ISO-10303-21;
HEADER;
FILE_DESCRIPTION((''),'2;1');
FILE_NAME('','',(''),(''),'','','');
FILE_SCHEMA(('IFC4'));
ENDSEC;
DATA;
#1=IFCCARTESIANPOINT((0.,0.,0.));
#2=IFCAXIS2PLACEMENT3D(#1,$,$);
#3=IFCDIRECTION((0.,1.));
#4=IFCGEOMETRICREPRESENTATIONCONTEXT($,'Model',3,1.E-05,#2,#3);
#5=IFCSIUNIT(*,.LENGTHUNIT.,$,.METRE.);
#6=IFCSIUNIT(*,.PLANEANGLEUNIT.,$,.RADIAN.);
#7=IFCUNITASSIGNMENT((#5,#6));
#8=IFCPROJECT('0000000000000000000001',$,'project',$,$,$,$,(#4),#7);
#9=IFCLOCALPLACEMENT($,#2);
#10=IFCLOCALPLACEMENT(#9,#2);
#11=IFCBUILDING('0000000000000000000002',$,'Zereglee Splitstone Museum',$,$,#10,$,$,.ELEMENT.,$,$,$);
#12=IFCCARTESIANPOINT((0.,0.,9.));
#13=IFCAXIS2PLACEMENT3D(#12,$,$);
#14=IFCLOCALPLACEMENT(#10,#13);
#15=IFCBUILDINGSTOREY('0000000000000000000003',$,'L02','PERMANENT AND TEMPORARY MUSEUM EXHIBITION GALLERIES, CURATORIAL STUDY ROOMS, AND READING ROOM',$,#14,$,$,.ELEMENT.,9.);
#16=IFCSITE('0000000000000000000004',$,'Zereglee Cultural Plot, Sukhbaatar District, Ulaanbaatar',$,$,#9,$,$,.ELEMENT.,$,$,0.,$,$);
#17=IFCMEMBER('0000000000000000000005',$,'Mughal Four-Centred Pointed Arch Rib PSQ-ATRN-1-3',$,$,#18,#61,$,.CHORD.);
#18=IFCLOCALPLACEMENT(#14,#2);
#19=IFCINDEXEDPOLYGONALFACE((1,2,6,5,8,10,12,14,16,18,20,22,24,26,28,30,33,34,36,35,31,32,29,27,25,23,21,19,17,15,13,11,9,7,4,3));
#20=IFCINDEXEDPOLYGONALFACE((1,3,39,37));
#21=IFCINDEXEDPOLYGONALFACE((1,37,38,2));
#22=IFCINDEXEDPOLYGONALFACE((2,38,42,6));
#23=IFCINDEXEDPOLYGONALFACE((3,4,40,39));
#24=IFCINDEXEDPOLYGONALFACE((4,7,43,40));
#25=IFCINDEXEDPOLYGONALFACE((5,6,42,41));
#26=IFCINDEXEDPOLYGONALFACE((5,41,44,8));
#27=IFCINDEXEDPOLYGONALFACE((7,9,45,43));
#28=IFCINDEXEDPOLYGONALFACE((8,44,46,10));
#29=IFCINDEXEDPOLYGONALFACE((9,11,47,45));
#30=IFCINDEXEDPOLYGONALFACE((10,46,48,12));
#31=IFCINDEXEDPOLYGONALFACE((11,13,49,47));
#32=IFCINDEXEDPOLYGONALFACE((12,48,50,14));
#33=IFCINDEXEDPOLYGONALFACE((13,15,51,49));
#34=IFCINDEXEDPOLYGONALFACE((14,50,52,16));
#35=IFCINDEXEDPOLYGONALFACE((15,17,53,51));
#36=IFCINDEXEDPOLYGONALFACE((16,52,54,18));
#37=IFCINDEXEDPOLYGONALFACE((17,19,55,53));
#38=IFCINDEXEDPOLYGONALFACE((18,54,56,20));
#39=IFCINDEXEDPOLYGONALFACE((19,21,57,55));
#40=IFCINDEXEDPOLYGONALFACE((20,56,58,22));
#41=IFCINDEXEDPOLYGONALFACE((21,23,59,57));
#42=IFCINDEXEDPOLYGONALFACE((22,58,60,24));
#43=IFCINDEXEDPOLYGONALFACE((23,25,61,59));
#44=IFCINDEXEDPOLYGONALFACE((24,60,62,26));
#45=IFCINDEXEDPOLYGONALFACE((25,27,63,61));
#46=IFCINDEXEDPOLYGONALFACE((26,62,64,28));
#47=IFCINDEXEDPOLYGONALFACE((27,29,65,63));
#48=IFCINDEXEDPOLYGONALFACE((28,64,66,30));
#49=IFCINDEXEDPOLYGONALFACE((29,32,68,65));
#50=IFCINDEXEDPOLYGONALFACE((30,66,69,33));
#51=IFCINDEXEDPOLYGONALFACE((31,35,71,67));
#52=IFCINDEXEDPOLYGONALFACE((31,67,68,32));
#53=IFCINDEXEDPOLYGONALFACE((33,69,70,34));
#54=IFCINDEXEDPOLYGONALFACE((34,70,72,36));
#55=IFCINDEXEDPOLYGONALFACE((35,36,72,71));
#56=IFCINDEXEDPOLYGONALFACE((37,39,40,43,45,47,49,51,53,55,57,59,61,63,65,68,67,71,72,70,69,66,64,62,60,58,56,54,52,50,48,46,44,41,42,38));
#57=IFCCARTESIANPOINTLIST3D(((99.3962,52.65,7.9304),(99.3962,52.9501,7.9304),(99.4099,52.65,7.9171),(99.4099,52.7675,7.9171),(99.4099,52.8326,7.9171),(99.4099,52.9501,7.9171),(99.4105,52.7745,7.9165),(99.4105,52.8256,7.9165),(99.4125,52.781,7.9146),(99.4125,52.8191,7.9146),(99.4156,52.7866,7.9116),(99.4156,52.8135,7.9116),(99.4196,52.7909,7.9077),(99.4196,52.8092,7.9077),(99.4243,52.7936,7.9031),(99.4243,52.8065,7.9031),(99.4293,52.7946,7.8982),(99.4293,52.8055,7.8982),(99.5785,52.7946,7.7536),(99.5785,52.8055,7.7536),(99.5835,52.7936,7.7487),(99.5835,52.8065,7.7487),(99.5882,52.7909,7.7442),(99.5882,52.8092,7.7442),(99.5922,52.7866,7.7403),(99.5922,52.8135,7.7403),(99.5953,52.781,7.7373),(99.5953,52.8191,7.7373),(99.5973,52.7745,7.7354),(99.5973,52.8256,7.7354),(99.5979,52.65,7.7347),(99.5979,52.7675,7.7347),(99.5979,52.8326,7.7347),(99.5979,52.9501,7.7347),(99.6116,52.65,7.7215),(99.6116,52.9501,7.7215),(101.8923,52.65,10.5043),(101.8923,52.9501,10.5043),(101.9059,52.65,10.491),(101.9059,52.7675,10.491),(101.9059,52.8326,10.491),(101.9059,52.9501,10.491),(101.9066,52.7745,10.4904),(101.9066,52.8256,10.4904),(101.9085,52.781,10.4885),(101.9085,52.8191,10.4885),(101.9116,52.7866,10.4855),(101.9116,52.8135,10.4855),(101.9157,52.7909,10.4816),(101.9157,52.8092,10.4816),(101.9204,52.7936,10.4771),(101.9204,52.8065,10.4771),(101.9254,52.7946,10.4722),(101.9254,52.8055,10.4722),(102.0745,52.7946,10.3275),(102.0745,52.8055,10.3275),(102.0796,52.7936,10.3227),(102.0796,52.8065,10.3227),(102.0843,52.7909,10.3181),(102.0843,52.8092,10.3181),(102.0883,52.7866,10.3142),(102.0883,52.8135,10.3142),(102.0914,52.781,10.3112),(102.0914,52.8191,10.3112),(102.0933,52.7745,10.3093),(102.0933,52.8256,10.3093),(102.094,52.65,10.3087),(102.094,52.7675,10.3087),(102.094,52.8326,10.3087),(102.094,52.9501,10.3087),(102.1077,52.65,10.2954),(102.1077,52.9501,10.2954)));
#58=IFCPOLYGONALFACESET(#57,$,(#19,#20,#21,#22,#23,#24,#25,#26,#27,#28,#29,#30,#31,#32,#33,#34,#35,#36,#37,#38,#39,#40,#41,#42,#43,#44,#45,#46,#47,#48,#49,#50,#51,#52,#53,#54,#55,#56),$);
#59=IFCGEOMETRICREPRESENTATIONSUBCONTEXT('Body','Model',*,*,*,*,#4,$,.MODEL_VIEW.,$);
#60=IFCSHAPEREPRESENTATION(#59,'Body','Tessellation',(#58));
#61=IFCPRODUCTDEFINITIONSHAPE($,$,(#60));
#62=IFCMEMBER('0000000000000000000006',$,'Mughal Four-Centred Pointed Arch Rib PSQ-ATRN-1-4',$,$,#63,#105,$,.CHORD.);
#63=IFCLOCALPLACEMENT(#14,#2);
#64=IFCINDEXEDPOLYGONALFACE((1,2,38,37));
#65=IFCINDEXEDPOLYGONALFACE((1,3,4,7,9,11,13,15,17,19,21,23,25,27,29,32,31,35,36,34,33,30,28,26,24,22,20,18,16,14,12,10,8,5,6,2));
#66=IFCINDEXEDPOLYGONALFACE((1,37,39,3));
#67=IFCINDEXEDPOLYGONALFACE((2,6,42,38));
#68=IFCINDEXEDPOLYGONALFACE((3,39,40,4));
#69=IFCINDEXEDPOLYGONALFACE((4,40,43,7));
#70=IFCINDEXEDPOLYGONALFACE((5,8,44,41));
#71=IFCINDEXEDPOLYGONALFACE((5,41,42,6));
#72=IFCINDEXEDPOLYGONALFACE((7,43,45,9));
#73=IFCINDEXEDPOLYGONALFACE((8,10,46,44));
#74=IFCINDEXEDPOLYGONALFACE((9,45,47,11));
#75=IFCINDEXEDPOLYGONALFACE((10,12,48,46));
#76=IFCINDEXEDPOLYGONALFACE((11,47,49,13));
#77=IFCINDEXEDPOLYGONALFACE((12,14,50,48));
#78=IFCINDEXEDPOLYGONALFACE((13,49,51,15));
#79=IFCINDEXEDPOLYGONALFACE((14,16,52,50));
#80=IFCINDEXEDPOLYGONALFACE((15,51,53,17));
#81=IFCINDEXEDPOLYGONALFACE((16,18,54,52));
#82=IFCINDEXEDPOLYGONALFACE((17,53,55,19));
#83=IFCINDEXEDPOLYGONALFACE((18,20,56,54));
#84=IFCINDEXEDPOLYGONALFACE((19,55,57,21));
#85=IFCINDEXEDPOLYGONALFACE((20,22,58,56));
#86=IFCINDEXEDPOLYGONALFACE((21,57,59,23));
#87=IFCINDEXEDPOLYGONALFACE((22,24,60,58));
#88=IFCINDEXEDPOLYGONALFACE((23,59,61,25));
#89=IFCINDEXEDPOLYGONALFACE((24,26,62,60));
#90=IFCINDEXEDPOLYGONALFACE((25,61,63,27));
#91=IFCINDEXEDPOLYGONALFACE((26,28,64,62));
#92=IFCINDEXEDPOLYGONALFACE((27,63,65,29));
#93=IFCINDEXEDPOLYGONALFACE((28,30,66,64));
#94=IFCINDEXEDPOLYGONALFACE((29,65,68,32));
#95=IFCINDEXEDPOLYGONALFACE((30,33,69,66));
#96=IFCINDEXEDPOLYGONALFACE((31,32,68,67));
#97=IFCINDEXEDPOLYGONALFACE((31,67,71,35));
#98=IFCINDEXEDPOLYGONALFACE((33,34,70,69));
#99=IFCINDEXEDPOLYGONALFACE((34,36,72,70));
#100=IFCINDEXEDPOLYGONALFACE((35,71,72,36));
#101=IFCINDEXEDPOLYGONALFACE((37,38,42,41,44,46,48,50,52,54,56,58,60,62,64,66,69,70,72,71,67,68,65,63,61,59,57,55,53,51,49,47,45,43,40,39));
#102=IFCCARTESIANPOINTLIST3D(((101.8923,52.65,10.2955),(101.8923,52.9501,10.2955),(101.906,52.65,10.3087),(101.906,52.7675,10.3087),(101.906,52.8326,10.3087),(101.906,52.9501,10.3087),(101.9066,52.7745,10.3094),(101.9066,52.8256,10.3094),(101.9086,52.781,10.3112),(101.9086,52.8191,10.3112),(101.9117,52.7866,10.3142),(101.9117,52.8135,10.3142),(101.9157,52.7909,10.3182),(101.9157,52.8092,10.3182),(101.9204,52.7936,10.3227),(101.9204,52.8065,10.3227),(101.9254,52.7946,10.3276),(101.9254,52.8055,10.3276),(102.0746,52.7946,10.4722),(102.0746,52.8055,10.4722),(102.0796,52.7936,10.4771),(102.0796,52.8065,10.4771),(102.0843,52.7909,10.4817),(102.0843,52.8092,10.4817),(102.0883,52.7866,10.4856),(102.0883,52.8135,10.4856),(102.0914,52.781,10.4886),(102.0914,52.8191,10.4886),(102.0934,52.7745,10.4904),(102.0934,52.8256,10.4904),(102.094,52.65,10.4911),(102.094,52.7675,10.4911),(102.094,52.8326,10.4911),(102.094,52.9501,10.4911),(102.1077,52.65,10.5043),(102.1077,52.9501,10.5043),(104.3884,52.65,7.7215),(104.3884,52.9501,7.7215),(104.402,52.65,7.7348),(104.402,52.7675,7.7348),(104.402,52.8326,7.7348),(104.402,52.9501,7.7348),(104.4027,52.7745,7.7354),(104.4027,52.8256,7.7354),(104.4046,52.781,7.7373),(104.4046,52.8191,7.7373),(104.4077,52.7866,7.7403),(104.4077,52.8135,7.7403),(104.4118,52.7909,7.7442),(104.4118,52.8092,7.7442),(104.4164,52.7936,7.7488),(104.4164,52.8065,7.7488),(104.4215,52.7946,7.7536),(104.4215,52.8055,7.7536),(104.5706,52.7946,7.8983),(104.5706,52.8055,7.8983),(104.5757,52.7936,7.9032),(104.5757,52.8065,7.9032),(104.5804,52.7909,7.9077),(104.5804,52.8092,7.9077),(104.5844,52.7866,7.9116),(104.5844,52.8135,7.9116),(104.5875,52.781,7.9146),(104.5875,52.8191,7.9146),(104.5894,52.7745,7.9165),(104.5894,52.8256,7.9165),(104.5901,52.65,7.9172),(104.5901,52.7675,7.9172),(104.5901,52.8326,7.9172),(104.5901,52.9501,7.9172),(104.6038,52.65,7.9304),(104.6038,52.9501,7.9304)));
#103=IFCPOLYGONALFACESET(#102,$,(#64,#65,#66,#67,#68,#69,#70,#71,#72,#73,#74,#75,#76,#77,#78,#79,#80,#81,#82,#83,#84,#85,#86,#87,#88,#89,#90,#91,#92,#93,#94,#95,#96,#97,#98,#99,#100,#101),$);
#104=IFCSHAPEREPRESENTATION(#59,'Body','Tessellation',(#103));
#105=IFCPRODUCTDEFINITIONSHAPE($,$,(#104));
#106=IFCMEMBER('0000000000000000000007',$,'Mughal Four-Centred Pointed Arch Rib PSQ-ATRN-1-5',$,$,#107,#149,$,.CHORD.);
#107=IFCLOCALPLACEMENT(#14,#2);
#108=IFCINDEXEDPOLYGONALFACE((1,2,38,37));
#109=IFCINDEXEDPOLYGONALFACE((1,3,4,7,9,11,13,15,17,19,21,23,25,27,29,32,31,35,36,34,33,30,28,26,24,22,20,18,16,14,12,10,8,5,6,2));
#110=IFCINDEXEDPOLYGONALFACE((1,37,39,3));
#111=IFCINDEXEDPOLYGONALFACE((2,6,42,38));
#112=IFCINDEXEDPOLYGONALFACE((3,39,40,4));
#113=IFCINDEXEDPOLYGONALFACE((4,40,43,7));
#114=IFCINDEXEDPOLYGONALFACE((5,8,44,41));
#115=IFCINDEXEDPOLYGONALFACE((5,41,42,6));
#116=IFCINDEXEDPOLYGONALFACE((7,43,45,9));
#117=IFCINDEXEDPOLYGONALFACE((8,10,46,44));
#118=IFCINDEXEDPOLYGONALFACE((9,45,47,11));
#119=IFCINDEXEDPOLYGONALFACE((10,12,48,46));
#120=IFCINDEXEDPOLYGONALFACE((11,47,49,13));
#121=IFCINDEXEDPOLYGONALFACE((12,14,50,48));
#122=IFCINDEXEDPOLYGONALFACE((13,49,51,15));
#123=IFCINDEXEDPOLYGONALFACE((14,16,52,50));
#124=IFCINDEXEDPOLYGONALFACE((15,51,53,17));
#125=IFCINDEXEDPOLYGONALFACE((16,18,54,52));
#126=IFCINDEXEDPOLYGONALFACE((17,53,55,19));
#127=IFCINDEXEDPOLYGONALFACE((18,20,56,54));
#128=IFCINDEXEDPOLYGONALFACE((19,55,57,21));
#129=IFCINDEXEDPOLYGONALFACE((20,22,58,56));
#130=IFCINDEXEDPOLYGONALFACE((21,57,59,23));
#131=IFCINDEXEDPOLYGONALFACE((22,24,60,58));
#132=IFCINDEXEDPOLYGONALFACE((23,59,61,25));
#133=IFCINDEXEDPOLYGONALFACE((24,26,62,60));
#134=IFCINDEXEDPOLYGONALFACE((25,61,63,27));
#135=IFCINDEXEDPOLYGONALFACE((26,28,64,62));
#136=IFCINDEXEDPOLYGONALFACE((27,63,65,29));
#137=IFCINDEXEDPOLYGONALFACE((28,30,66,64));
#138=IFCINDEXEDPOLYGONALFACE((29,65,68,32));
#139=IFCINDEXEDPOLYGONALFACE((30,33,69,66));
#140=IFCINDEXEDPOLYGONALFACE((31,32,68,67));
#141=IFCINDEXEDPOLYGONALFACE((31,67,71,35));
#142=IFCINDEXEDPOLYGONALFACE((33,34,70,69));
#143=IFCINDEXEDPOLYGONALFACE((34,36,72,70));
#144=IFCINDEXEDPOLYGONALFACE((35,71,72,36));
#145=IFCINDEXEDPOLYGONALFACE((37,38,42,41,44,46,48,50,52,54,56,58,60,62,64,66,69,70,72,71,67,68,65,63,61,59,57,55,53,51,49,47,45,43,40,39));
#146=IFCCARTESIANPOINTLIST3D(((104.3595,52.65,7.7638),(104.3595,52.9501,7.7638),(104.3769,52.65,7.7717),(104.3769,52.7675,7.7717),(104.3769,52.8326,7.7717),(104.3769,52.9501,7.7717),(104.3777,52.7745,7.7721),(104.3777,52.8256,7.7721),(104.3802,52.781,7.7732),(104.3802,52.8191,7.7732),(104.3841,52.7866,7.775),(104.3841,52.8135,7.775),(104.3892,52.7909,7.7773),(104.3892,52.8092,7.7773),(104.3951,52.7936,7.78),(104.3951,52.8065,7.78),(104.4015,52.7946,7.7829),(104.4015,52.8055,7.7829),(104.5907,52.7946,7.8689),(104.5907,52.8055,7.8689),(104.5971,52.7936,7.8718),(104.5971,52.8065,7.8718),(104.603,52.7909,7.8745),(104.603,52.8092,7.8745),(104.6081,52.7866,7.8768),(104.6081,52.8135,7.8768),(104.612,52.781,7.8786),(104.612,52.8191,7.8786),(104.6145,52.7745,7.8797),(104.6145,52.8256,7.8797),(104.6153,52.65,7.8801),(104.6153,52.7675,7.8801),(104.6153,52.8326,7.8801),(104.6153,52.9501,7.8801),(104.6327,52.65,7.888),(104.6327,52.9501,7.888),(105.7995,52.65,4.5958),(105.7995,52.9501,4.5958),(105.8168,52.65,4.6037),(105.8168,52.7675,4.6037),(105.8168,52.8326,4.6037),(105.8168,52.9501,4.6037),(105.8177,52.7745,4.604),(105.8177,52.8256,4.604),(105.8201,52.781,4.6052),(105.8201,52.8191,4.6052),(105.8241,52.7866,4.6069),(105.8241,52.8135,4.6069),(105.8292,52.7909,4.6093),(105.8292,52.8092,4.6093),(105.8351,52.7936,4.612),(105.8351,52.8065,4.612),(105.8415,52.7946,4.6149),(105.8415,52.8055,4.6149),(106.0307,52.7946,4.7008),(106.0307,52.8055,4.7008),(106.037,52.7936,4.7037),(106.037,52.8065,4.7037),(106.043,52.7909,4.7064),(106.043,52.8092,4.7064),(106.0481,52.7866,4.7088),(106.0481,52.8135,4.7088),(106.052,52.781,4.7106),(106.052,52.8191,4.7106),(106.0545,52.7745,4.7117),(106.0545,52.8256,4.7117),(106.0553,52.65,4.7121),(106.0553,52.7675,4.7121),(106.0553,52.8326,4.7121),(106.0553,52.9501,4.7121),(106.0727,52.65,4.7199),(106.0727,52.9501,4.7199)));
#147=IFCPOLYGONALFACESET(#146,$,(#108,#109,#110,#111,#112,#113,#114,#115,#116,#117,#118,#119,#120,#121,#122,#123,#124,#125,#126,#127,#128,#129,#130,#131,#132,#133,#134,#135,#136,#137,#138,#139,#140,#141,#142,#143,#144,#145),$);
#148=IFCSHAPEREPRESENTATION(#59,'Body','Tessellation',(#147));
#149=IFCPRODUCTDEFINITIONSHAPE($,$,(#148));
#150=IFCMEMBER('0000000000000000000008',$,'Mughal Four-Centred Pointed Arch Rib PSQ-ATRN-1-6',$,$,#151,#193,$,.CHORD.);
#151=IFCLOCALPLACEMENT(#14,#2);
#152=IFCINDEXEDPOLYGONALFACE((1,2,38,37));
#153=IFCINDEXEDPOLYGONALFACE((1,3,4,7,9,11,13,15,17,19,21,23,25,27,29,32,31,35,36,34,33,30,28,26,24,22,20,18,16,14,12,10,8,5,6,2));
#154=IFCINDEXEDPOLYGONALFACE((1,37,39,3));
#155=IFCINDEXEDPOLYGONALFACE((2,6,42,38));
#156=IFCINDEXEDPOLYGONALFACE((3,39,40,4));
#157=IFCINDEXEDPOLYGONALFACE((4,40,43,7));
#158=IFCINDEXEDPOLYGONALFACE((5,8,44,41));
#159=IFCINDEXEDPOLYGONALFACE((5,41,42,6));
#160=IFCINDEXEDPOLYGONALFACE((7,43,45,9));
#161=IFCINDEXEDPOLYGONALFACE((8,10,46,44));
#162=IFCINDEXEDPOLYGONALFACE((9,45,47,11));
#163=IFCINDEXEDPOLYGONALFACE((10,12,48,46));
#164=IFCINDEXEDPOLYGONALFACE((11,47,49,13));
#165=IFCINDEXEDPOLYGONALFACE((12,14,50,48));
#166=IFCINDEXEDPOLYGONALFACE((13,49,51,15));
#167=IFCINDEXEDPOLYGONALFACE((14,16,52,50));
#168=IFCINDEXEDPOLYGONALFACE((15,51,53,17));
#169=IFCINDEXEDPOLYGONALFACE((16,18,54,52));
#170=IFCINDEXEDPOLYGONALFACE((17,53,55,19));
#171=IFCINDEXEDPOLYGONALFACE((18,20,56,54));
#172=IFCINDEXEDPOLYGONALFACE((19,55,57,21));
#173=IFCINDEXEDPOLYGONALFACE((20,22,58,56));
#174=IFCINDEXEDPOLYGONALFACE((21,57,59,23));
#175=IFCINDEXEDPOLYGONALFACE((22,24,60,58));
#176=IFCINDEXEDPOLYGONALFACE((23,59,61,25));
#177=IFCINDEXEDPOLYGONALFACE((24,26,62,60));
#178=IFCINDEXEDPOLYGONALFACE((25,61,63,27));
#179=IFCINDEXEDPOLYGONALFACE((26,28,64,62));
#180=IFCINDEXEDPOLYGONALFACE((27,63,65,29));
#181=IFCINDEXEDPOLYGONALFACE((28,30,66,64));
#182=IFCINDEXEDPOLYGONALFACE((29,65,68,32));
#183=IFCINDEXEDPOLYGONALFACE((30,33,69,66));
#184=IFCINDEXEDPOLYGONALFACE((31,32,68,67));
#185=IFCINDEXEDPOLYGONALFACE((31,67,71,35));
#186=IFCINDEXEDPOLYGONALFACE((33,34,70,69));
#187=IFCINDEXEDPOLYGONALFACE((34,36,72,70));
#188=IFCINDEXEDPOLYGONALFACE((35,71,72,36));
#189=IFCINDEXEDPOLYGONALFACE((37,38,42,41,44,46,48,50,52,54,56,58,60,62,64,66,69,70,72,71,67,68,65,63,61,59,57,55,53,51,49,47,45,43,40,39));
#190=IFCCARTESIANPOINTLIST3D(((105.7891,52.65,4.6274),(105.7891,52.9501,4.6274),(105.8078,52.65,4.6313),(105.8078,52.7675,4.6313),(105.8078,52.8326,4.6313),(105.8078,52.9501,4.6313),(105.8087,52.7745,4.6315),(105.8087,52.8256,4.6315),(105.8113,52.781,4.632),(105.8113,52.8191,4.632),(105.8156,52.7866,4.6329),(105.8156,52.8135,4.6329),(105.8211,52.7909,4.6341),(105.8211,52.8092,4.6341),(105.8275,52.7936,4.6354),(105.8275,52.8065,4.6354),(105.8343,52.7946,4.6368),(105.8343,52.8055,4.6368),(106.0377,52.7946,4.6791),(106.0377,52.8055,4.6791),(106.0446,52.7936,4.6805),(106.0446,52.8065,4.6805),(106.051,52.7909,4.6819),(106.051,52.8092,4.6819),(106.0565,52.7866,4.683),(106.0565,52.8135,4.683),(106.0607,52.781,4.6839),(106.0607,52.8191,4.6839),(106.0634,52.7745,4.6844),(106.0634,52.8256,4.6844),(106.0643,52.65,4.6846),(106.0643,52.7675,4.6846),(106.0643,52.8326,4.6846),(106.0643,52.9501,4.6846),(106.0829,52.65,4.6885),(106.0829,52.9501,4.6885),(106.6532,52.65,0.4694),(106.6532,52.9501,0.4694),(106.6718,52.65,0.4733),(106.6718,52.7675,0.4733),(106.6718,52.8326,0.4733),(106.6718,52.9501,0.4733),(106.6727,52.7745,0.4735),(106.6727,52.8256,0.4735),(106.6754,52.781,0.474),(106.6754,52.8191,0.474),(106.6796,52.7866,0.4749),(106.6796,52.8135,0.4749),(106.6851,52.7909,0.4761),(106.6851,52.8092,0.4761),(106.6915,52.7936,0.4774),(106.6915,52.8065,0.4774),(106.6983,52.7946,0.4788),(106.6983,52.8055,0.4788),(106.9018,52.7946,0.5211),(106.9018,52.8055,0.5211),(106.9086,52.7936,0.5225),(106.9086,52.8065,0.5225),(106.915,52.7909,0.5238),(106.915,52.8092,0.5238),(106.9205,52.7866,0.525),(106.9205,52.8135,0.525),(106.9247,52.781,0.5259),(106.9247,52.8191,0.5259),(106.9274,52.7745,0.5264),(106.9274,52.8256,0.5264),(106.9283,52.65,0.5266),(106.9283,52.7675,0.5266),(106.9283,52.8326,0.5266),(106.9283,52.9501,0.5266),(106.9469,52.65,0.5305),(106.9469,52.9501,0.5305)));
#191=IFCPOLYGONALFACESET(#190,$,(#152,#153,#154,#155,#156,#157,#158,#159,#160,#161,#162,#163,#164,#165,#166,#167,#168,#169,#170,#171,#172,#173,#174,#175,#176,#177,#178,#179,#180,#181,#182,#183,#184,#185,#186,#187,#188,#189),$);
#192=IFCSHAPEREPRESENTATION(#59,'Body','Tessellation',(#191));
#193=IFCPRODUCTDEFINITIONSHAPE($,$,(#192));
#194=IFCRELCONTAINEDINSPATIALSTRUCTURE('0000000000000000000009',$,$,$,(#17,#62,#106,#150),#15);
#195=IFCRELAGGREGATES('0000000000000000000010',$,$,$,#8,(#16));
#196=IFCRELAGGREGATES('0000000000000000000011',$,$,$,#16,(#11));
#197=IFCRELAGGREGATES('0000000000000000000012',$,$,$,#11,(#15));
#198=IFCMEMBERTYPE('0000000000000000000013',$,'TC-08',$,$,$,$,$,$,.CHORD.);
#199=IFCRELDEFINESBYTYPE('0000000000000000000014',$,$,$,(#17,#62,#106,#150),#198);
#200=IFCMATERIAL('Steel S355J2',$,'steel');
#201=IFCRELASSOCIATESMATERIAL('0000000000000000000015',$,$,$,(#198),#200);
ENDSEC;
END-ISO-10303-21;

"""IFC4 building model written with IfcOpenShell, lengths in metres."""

from ifc_helpers import new_model, si_unit, direction, frame, origin, origin_2d, place, context, subcontext, project, spatial, i_section, extrude, material, material_profile, profile_set, type_object, element, save


model = new_model("IFC4")

# Units and contexts
model_context = context("Model", 3, precision=1e-05, world=origin(), true_north=direction((0.0, 1.0)))
body_context = subcontext(model_context, "Body", "Model", "MODEL_VIEW")
ifc_project = project(units=[si_unit("LENGTHUNIT", "METRE"), si_unit("PLANEANGLEUNIT", "RADIAN")], contexts=[model_context])

# Site, building, storey
site_placement = place(None, origin())
site = spatial("IfcSite", under=ifc_project, at=site_placement, Name="Zereglee Cultural Plot, Sukhbaatar District, Ulaanbaatar", CompositionType="ELEMENT", RefElevation=0.0)
building_placement = place(site_placement, origin())
building = spatial("IfcBuilding", under=site, at=building_placement, Name="Zereglee Splitstone Museum", CompositionType="ELEMENT")
storey_placement = place(building_placement, frame((0.0, 0.0, 9.0)))
storey = spatial("IfcBuildingStorey", under=building, at=storey_placement, Name="L02", Description="PERMANENT AND TEMPORARY MUSEUM EXHIBITION GALLERIES, CURATORIAL STUDY ROOMS, AND READING ROOM", CompositionType="ELEMENT", Elevation=9.0)

# Members
ifc_material_1 = material(Name="Steel S355J2", Category="steel")
ifc_material_profile_1 = material_profile(ifc_material_1, i_section(OverallWidth=0.3, OverallDepth=0.3, WebThickness=0.011, FlangeThickness=0.019, FilletRadius=0.0271, at=origin_2d()), Name="HE 300 B")
ifc_profile_set_1 = profile_set([ifc_material_profile_1], Name="Steel S355J2")
member_type_1 = type_object("IfcMemberType", Name="TC-08", PredefinedType="CHORD", material=ifc_profile_set_1)
for number, where, z_axis, x_axis, name in (
    (1, (99.5039, 52.8, 7.8259), (0.696163, 0.0, 0.717884), (0.0, 1.0, 0.0), "Mughal Four-Centred Pointed Arch Rib PSQ-ATRN-1-3"),
    (2, (102.0, 52.8, 10.3999), (0.696163, 0.0, -0.717884), (0.0, 1.0, 0.0), "Mughal Four-Centred Pointed Arch Rib PSQ-ATRN-1-4"),
):
    element("IfcMember", number, at=place(storey_placement, frame(where, z_axis=z_axis, x_axis=x_axis)), inside=storey, type_object=member_type_1, Name=name, PredefinedType="CHORD", context=body_context, shape_type="SweptSolid", body=[
        extrude(i_section(OverallWidth=0.3, OverallDepth=0.3, WebThickness=0.011, FlangeThickness=0.019, FilletRadius=0.0271, at=origin_2d()), origin(), (0.0, 0.0, 1.0), 3.5854),
    ])
member_1_placement = place(storey_placement, frame((104.4961, 52.8, 7.8259), z_axis=(0.413792, 0.0, -0.910371), x_axis=(0.0, 1.0, 0.0)))
element("IfcMember", 3, at=member_1_placement, inside=storey, type_object=member_type_1, Name="Mughal Four-Centred Pointed Arch Rib PSQ-ATRN-1-5", PredefinedType="CHORD", context=body_context, shape_type="SweptSolid", body=[
    extrude(i_section(OverallWidth=0.3, OverallDepth=0.3, WebThickness=0.011, FlangeThickness=0.019, FilletRadius=0.0271, at=origin_2d()), origin(), (0.0, 0.0, 1.0), 3.48),
])
member_2_placement = place(storey_placement, frame((105.936, 52.8, 4.658), z_axis=(0.203451, 0.0, -0.979085), x_axis=(0.0, 1.0, 0.0)))
element("IfcMember", 4, at=member_2_placement, inside=storey, type_object=member_type_1, Name="Mughal Four-Centred Pointed Arch Rib PSQ-ATRN-1-6", PredefinedType="CHORD", context=body_context, shape_type="SweptSolid", body=[
    extrude(i_section(OverallWidth=0.3, OverallDepth=0.3, WebThickness=0.011, FlangeThickness=0.019, FilletRadius=0.0271, at=origin_2d()), origin(), (0.0, 0.0, 1.0), 4.2468),
])

save(model, "model.ifc")
